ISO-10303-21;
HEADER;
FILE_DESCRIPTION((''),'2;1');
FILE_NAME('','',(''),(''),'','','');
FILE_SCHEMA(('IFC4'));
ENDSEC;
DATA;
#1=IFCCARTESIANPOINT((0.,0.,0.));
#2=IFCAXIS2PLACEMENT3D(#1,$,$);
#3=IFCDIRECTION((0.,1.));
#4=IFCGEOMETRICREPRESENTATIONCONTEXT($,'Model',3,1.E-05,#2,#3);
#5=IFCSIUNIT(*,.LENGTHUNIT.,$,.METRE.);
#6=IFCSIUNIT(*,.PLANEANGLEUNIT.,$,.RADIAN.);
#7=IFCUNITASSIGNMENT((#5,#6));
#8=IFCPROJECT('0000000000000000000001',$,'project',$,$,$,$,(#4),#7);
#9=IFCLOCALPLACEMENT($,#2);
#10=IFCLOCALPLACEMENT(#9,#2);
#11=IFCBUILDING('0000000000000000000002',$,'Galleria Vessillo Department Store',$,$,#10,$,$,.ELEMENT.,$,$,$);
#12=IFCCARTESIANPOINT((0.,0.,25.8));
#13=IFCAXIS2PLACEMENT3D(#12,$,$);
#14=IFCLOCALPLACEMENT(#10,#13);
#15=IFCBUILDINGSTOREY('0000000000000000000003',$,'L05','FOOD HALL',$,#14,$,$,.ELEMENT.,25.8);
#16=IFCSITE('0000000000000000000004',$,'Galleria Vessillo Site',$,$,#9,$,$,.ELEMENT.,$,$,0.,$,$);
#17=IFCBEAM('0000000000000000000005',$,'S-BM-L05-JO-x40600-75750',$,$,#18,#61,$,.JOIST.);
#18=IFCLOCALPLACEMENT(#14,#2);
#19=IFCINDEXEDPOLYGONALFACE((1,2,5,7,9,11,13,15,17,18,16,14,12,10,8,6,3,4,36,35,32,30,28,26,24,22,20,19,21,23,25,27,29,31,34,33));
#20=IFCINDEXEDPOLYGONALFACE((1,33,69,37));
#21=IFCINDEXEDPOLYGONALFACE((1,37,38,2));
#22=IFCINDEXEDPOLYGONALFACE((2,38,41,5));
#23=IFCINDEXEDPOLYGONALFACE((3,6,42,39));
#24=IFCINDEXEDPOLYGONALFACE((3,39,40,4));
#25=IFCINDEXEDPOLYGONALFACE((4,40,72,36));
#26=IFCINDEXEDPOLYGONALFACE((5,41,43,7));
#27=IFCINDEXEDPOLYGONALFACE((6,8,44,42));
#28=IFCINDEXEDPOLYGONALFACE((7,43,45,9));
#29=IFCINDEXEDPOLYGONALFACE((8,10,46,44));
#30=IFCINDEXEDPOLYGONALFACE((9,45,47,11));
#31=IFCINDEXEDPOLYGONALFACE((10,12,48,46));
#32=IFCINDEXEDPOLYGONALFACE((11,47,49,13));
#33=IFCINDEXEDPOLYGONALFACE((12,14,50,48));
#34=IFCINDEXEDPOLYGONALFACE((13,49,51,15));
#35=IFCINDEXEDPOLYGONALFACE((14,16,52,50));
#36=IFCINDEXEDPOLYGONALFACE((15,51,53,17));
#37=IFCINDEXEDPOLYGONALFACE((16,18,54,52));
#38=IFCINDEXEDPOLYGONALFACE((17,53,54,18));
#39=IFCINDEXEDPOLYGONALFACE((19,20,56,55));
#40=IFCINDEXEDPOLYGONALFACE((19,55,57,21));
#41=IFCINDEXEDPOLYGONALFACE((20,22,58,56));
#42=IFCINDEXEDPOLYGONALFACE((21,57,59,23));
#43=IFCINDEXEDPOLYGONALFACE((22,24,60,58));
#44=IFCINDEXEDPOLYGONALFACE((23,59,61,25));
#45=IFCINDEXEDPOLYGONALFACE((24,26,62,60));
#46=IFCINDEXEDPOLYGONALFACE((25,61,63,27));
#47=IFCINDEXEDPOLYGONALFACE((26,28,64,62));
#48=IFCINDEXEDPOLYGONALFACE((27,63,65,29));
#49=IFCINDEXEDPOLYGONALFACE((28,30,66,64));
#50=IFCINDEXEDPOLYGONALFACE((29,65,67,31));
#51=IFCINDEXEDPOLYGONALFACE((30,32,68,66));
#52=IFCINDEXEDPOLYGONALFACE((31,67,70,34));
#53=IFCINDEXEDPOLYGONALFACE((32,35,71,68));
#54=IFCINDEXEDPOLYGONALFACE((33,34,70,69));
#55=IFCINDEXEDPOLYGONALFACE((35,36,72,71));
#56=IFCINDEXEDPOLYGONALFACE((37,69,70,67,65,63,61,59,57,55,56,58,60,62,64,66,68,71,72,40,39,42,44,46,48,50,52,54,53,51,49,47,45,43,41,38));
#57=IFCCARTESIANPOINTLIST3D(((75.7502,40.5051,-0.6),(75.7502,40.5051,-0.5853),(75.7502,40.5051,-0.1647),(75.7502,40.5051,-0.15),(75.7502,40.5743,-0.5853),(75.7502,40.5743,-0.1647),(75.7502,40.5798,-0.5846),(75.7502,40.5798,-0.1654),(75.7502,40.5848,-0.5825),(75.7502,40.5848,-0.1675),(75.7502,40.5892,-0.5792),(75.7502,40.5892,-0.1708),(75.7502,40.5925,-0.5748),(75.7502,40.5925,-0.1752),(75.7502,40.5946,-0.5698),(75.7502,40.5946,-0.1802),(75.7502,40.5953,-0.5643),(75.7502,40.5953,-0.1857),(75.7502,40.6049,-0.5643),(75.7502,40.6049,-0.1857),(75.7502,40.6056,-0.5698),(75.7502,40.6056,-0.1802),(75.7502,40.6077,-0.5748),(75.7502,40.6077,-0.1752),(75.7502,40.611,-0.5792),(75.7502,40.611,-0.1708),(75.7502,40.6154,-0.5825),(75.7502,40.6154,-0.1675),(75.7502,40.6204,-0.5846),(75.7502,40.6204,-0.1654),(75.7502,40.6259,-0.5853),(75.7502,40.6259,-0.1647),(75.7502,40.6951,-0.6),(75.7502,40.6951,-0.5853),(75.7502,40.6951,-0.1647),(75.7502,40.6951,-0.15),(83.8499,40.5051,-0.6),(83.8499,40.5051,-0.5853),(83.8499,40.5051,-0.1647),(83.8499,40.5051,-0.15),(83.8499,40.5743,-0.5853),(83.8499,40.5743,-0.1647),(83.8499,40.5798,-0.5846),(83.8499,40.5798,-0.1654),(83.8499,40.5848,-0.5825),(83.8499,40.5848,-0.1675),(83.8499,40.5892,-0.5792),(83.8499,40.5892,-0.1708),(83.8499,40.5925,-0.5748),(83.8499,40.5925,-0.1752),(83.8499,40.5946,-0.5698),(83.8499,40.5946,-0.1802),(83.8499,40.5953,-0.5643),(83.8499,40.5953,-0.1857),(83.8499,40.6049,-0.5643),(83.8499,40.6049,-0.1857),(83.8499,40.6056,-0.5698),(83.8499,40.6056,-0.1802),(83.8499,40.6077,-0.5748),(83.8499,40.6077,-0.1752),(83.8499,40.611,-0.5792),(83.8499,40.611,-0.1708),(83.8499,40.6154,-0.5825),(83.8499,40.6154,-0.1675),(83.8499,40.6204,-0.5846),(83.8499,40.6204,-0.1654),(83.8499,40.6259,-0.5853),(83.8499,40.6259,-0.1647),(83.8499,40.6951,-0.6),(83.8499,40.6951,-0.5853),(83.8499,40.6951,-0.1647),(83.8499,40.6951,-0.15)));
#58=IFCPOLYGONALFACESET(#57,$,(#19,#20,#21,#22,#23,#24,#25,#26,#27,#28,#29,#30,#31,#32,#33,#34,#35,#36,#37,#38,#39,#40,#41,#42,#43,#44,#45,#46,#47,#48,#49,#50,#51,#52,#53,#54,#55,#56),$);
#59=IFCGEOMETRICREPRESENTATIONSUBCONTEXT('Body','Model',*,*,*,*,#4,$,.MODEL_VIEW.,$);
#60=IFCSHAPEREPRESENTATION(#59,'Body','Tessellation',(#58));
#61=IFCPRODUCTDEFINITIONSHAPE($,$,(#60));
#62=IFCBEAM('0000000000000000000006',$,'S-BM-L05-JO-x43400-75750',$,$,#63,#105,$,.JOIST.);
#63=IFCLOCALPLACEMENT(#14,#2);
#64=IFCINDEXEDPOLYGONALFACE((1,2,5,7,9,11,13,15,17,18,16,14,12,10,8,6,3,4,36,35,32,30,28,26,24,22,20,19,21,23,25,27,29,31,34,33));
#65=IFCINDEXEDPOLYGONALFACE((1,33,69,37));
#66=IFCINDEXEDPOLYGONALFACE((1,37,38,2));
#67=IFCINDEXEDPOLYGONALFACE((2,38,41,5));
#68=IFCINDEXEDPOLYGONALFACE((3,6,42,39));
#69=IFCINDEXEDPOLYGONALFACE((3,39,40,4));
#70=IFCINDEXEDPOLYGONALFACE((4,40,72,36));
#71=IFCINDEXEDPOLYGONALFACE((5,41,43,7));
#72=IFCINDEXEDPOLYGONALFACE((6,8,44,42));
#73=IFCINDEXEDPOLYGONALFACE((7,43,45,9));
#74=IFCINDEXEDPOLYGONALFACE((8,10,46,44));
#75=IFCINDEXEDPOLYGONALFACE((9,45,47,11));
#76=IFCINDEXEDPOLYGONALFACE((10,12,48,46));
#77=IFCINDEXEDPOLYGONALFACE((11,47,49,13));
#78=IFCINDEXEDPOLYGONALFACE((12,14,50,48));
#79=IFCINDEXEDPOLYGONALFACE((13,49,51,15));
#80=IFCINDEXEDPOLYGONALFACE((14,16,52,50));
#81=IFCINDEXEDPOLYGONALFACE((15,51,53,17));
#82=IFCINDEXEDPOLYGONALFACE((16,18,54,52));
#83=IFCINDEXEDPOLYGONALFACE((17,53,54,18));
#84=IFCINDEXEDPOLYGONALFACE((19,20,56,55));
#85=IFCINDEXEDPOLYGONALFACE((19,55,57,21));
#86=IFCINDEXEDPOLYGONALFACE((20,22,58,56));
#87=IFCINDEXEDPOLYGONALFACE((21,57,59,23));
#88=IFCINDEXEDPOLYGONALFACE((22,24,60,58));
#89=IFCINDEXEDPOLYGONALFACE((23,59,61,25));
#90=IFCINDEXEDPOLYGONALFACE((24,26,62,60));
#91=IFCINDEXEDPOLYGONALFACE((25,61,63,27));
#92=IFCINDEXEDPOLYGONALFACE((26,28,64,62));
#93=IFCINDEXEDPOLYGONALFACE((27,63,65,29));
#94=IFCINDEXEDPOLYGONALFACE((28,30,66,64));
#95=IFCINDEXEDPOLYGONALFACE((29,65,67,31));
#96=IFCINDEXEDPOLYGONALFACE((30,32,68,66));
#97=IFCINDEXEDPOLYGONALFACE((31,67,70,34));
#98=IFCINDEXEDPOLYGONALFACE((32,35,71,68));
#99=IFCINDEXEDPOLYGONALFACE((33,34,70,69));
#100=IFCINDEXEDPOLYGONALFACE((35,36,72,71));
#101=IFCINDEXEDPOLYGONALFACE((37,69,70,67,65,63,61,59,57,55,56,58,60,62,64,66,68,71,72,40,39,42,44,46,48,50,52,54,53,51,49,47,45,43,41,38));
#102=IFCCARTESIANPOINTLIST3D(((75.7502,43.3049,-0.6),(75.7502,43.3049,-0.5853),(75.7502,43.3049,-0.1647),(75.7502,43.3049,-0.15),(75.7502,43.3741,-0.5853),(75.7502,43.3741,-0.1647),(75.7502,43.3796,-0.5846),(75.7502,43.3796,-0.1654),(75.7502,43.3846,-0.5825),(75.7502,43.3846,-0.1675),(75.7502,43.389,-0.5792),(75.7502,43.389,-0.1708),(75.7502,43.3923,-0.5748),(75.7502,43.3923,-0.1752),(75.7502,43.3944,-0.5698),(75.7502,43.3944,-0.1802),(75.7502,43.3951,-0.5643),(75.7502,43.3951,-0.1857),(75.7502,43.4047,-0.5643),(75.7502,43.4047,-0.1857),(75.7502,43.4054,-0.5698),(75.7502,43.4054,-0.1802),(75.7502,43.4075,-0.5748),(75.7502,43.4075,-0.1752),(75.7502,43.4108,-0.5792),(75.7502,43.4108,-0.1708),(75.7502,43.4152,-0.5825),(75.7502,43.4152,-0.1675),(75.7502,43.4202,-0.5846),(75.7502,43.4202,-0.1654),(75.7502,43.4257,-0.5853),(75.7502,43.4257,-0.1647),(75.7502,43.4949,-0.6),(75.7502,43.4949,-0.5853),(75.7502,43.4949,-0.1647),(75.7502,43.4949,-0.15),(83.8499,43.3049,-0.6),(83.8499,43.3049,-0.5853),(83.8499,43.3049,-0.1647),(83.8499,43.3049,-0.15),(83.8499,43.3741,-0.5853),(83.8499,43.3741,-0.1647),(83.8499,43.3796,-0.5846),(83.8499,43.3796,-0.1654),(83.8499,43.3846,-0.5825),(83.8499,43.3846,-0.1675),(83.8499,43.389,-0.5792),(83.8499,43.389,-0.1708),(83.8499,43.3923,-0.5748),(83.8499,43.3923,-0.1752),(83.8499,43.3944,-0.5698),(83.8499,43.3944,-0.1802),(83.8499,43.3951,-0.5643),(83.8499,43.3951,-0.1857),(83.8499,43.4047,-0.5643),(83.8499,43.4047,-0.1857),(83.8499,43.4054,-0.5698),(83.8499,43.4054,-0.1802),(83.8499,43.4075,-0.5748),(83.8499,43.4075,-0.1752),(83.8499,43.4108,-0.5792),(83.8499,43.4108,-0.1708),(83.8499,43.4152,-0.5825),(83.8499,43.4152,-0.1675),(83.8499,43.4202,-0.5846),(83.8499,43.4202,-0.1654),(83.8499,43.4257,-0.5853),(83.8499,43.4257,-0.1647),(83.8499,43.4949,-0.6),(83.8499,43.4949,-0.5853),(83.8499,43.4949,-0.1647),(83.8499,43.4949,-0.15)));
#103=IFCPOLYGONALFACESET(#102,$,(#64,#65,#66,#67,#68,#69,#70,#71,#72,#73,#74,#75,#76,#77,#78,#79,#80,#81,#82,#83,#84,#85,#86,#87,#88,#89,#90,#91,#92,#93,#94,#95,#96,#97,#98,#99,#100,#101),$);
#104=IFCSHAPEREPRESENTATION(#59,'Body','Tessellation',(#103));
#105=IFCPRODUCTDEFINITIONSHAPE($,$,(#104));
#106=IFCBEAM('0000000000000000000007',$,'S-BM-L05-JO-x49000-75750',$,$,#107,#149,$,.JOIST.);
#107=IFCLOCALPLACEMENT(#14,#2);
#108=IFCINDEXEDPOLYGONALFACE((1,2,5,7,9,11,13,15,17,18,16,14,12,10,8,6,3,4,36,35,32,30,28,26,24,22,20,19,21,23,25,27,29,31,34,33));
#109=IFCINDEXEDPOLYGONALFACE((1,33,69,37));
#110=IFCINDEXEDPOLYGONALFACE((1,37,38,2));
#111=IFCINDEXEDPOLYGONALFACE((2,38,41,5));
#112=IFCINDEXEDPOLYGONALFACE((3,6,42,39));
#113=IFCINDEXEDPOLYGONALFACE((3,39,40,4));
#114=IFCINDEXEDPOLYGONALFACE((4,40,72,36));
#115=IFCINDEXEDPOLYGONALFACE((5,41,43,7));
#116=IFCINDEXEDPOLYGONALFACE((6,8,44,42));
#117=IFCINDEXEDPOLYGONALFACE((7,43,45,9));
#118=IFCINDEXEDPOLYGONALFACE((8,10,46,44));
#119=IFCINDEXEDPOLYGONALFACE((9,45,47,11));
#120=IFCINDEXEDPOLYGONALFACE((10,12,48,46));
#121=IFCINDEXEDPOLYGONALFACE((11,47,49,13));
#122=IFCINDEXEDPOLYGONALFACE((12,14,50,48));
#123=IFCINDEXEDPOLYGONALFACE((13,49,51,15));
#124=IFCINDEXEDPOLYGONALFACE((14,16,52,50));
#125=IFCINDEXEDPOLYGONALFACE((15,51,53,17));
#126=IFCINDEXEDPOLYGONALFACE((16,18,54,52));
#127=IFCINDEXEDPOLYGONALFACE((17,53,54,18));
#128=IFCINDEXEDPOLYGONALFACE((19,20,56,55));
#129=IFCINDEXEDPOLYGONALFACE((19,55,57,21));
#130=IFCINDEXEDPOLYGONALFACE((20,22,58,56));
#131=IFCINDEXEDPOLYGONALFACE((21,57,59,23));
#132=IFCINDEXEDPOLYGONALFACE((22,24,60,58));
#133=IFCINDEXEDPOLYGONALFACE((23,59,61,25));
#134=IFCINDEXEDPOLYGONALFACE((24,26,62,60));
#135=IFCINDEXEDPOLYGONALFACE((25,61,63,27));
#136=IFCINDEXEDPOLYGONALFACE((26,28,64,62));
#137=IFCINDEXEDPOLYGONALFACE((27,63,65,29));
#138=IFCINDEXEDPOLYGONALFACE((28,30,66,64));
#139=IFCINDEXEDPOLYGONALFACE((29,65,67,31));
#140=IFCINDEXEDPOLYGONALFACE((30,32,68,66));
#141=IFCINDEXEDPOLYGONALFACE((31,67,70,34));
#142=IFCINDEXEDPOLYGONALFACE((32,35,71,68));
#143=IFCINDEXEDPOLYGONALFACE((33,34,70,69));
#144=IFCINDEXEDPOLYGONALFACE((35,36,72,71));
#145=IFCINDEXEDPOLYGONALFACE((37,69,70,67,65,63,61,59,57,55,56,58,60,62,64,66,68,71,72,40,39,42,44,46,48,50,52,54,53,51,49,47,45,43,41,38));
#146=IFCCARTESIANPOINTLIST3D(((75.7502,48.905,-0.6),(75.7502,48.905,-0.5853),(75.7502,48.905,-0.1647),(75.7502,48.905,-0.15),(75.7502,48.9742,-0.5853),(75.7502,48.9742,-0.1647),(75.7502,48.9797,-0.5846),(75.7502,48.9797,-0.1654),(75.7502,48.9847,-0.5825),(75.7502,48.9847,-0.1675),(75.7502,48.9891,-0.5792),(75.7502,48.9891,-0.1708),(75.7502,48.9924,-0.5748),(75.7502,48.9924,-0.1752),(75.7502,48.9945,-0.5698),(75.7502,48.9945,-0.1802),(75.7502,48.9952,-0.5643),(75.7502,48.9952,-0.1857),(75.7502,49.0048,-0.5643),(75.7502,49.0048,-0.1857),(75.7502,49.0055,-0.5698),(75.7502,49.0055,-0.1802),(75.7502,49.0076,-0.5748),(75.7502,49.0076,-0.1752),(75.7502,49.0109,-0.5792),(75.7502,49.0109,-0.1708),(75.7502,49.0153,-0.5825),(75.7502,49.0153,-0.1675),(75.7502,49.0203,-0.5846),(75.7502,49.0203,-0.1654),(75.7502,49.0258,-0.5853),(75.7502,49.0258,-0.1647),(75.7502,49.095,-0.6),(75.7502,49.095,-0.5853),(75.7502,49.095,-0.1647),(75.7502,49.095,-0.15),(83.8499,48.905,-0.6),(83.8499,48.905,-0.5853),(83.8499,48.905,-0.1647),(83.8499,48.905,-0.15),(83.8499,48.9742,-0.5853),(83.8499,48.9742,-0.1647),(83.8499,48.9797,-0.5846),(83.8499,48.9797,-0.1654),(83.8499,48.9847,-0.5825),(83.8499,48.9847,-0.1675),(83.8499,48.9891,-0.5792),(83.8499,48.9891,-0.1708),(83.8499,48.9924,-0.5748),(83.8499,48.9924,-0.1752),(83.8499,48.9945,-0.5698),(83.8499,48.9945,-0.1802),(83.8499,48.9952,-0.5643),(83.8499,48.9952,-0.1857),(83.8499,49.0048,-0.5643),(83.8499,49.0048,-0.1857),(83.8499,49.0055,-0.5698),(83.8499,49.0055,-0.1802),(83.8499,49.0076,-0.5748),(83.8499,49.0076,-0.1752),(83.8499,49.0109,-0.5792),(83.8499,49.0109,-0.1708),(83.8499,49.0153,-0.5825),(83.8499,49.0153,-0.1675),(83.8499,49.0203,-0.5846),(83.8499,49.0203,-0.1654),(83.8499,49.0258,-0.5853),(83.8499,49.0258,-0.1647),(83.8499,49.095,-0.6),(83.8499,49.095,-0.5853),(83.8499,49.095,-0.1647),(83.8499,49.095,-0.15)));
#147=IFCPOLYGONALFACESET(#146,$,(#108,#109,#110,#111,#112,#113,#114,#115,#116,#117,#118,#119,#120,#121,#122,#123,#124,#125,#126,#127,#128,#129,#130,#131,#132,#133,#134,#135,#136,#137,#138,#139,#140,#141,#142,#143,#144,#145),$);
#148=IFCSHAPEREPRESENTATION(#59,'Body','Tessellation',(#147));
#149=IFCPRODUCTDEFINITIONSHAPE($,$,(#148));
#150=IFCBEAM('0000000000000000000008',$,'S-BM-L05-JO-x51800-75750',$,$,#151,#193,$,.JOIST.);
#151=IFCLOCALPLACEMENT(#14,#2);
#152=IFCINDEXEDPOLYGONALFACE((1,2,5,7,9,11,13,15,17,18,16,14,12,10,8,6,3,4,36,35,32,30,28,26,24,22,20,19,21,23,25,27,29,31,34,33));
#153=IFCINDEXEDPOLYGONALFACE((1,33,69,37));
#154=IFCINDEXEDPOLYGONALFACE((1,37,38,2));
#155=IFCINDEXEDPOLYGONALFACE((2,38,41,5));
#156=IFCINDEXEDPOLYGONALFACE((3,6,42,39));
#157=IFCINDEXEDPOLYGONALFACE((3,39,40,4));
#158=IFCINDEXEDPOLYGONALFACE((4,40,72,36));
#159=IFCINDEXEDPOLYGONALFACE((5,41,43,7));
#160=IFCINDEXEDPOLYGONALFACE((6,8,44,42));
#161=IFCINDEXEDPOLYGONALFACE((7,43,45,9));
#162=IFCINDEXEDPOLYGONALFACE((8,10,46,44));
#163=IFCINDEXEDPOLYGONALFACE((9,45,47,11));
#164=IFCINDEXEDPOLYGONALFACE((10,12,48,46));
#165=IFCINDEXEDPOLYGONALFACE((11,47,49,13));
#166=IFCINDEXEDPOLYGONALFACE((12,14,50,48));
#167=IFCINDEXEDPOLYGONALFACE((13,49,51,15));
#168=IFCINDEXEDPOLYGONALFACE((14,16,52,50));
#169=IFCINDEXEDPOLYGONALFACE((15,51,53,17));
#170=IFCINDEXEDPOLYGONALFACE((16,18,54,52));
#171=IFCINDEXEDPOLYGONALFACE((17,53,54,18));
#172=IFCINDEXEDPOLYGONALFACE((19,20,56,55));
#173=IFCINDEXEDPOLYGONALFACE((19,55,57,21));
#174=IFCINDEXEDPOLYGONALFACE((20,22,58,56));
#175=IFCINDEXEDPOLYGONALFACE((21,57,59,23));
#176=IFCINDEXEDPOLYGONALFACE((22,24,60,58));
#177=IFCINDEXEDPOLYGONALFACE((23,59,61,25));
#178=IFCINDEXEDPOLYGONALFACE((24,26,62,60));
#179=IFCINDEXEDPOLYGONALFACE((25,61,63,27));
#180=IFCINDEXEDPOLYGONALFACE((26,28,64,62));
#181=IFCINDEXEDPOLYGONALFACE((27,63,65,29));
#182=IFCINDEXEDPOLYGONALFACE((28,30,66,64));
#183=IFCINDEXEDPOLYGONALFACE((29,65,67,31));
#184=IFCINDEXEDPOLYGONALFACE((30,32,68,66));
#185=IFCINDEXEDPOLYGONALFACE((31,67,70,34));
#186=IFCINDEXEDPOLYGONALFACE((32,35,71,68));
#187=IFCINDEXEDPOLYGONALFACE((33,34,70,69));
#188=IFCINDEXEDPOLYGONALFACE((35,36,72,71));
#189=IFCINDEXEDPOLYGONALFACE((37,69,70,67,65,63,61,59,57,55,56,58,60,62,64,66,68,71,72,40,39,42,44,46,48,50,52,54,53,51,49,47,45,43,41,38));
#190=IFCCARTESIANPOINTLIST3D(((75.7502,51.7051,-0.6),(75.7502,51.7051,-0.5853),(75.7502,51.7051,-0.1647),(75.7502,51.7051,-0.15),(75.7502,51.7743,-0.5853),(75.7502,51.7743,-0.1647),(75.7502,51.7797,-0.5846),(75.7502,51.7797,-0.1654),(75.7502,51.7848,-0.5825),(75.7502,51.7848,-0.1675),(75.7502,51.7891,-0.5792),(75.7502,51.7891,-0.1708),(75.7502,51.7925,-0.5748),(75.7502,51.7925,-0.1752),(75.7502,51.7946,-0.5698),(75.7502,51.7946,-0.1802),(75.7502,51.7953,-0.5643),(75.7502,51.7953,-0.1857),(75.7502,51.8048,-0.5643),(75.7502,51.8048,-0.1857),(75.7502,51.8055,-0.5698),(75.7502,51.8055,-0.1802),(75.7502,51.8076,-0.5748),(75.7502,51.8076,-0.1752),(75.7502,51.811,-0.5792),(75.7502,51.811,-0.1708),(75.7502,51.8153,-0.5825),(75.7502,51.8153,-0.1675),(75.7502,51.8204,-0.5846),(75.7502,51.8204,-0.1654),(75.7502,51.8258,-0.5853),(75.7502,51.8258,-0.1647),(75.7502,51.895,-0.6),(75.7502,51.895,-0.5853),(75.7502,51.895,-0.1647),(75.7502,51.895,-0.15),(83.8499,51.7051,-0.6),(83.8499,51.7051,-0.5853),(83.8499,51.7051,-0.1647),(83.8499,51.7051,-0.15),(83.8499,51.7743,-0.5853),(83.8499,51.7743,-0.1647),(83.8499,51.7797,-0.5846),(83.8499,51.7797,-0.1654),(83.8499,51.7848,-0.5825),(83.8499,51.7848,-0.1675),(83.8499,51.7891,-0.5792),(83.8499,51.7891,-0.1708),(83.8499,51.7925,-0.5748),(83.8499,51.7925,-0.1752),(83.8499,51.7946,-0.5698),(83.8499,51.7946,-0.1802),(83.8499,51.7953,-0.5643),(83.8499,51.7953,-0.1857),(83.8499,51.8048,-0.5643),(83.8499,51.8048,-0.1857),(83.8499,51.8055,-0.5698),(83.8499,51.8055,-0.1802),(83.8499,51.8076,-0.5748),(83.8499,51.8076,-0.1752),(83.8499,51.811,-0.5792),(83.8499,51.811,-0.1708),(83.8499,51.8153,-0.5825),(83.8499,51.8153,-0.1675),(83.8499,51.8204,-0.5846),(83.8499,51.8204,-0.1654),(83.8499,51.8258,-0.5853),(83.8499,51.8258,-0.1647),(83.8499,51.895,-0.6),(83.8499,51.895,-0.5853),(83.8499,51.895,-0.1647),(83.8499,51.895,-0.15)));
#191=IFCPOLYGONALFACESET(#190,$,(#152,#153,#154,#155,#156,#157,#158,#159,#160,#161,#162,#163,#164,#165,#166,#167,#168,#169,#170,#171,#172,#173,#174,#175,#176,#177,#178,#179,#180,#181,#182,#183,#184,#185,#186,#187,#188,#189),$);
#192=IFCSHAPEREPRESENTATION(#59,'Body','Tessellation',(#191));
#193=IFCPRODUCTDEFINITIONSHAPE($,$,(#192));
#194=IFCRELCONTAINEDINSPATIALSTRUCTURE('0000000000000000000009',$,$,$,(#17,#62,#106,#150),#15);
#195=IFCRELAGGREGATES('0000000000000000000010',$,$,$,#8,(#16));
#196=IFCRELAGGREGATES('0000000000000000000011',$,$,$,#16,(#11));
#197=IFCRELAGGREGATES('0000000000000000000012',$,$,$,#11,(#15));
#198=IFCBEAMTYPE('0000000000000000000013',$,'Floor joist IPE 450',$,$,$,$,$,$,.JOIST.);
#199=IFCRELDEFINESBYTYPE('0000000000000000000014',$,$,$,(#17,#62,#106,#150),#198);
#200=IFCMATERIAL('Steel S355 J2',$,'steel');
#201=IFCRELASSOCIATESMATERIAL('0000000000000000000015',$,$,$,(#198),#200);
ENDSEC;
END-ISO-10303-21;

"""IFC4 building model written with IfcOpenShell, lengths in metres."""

from ifc_helpers import new_model, si_unit, direction, frame, origin, origin_2d, place, context, subcontext, project, spatial, i_section, extrude, material, material_profile, profile_set, type_object, element, save


model = new_model("IFC4")

# Units and contexts
model_context = context("Model", 3, precision=1e-05, world=origin(), true_north=direction((0.0, 1.0)))
body_context = subcontext(model_context, "Body", "Model", "MODEL_VIEW")
ifc_project = project(units=[si_unit("LENGTHUNIT", "METRE"), si_unit("PLANEANGLEUNIT", "RADIAN")], contexts=[model_context])

# Site, building, storey
site_placement = place(None, origin())
site = spatial("IfcSite", under=ifc_project, at=site_placement, Name="Galleria Vessillo Site", CompositionType="ELEMENT", RefElevation=0.0)
building_placement = place(site_placement, origin())
building = spatial("IfcBuilding", under=site, at=building_placement, Name="Galleria Vessillo Department Store", CompositionType="ELEMENT")
storey_placement = place(building_placement, frame((0.0, 0.0, 25.8)))
storey = spatial("IfcBuildingStorey", under=building, at=storey_placement, Name="L05", Description="FOOD HALL", CompositionType="ELEMENT", Elevation=25.8)

# Beams
ifc_material_1 = material(Name="Steel S355 J2", Category="steel")
ifc_material_profile_1 = material_profile(ifc_material_1, i_section(OverallWidth=0.1899, OverallDepth=0.45, WebThickness=0.0095, FlangeThickness=0.0146, FilletRadius=0.021, at=origin_2d()), Name="IPE 450")
ifc_profile_set_1 = profile_set([ifc_material_profile_1], Name="Steel S355 J2")
beam_type_1 = type_object("IfcBeamType", Name="Floor joist IPE 450", PredefinedType="JOIST", material=ifc_profile_set_1)
for number, where, z_axis, x_axis, name in (
    (1, (75.7502, 40.6001, -0.375), (1.0, 0.0, 0.0), (0.0, 1.0, 0.0), "S-BM-L05-JO-x40600-75750"),
    (2, (75.7502, 43.3999, -0.375), (1.0, 0.0, 0.0), (0.0, 1.0, 0.0), "S-BM-L05-JO-x43400-75750"),
    (3, (75.7502, 49.0, -0.375), (1.0, 0.0, 0.0), (0.0, 1.0, 0.0), "S-BM-L05-JO-x49000-75750"),
    (4, (75.7502, 51.8, -0.375), (1.0, 0.0, 0.0), (0.0, 1.0, 0.0), "S-BM-L05-JO-x51800-75750"),
):
    element("IfcBeam", number, at=place(storey_placement, frame(where, z_axis=z_axis, x_axis=x_axis)), inside=storey, type_object=beam_type_1, Name=name, PredefinedType="JOIST", context=body_context, shape_type="SweptSolid", body=[
        extrude(i_section(OverallWidth=0.1899, OverallDepth=0.45, WebThickness=0.0095, FlangeThickness=0.0146, FilletRadius=0.021, at=origin_2d()), origin(), (0.0, 0.0, 1.0), 8.0996),
    ])

save(model, "model.ifc")
